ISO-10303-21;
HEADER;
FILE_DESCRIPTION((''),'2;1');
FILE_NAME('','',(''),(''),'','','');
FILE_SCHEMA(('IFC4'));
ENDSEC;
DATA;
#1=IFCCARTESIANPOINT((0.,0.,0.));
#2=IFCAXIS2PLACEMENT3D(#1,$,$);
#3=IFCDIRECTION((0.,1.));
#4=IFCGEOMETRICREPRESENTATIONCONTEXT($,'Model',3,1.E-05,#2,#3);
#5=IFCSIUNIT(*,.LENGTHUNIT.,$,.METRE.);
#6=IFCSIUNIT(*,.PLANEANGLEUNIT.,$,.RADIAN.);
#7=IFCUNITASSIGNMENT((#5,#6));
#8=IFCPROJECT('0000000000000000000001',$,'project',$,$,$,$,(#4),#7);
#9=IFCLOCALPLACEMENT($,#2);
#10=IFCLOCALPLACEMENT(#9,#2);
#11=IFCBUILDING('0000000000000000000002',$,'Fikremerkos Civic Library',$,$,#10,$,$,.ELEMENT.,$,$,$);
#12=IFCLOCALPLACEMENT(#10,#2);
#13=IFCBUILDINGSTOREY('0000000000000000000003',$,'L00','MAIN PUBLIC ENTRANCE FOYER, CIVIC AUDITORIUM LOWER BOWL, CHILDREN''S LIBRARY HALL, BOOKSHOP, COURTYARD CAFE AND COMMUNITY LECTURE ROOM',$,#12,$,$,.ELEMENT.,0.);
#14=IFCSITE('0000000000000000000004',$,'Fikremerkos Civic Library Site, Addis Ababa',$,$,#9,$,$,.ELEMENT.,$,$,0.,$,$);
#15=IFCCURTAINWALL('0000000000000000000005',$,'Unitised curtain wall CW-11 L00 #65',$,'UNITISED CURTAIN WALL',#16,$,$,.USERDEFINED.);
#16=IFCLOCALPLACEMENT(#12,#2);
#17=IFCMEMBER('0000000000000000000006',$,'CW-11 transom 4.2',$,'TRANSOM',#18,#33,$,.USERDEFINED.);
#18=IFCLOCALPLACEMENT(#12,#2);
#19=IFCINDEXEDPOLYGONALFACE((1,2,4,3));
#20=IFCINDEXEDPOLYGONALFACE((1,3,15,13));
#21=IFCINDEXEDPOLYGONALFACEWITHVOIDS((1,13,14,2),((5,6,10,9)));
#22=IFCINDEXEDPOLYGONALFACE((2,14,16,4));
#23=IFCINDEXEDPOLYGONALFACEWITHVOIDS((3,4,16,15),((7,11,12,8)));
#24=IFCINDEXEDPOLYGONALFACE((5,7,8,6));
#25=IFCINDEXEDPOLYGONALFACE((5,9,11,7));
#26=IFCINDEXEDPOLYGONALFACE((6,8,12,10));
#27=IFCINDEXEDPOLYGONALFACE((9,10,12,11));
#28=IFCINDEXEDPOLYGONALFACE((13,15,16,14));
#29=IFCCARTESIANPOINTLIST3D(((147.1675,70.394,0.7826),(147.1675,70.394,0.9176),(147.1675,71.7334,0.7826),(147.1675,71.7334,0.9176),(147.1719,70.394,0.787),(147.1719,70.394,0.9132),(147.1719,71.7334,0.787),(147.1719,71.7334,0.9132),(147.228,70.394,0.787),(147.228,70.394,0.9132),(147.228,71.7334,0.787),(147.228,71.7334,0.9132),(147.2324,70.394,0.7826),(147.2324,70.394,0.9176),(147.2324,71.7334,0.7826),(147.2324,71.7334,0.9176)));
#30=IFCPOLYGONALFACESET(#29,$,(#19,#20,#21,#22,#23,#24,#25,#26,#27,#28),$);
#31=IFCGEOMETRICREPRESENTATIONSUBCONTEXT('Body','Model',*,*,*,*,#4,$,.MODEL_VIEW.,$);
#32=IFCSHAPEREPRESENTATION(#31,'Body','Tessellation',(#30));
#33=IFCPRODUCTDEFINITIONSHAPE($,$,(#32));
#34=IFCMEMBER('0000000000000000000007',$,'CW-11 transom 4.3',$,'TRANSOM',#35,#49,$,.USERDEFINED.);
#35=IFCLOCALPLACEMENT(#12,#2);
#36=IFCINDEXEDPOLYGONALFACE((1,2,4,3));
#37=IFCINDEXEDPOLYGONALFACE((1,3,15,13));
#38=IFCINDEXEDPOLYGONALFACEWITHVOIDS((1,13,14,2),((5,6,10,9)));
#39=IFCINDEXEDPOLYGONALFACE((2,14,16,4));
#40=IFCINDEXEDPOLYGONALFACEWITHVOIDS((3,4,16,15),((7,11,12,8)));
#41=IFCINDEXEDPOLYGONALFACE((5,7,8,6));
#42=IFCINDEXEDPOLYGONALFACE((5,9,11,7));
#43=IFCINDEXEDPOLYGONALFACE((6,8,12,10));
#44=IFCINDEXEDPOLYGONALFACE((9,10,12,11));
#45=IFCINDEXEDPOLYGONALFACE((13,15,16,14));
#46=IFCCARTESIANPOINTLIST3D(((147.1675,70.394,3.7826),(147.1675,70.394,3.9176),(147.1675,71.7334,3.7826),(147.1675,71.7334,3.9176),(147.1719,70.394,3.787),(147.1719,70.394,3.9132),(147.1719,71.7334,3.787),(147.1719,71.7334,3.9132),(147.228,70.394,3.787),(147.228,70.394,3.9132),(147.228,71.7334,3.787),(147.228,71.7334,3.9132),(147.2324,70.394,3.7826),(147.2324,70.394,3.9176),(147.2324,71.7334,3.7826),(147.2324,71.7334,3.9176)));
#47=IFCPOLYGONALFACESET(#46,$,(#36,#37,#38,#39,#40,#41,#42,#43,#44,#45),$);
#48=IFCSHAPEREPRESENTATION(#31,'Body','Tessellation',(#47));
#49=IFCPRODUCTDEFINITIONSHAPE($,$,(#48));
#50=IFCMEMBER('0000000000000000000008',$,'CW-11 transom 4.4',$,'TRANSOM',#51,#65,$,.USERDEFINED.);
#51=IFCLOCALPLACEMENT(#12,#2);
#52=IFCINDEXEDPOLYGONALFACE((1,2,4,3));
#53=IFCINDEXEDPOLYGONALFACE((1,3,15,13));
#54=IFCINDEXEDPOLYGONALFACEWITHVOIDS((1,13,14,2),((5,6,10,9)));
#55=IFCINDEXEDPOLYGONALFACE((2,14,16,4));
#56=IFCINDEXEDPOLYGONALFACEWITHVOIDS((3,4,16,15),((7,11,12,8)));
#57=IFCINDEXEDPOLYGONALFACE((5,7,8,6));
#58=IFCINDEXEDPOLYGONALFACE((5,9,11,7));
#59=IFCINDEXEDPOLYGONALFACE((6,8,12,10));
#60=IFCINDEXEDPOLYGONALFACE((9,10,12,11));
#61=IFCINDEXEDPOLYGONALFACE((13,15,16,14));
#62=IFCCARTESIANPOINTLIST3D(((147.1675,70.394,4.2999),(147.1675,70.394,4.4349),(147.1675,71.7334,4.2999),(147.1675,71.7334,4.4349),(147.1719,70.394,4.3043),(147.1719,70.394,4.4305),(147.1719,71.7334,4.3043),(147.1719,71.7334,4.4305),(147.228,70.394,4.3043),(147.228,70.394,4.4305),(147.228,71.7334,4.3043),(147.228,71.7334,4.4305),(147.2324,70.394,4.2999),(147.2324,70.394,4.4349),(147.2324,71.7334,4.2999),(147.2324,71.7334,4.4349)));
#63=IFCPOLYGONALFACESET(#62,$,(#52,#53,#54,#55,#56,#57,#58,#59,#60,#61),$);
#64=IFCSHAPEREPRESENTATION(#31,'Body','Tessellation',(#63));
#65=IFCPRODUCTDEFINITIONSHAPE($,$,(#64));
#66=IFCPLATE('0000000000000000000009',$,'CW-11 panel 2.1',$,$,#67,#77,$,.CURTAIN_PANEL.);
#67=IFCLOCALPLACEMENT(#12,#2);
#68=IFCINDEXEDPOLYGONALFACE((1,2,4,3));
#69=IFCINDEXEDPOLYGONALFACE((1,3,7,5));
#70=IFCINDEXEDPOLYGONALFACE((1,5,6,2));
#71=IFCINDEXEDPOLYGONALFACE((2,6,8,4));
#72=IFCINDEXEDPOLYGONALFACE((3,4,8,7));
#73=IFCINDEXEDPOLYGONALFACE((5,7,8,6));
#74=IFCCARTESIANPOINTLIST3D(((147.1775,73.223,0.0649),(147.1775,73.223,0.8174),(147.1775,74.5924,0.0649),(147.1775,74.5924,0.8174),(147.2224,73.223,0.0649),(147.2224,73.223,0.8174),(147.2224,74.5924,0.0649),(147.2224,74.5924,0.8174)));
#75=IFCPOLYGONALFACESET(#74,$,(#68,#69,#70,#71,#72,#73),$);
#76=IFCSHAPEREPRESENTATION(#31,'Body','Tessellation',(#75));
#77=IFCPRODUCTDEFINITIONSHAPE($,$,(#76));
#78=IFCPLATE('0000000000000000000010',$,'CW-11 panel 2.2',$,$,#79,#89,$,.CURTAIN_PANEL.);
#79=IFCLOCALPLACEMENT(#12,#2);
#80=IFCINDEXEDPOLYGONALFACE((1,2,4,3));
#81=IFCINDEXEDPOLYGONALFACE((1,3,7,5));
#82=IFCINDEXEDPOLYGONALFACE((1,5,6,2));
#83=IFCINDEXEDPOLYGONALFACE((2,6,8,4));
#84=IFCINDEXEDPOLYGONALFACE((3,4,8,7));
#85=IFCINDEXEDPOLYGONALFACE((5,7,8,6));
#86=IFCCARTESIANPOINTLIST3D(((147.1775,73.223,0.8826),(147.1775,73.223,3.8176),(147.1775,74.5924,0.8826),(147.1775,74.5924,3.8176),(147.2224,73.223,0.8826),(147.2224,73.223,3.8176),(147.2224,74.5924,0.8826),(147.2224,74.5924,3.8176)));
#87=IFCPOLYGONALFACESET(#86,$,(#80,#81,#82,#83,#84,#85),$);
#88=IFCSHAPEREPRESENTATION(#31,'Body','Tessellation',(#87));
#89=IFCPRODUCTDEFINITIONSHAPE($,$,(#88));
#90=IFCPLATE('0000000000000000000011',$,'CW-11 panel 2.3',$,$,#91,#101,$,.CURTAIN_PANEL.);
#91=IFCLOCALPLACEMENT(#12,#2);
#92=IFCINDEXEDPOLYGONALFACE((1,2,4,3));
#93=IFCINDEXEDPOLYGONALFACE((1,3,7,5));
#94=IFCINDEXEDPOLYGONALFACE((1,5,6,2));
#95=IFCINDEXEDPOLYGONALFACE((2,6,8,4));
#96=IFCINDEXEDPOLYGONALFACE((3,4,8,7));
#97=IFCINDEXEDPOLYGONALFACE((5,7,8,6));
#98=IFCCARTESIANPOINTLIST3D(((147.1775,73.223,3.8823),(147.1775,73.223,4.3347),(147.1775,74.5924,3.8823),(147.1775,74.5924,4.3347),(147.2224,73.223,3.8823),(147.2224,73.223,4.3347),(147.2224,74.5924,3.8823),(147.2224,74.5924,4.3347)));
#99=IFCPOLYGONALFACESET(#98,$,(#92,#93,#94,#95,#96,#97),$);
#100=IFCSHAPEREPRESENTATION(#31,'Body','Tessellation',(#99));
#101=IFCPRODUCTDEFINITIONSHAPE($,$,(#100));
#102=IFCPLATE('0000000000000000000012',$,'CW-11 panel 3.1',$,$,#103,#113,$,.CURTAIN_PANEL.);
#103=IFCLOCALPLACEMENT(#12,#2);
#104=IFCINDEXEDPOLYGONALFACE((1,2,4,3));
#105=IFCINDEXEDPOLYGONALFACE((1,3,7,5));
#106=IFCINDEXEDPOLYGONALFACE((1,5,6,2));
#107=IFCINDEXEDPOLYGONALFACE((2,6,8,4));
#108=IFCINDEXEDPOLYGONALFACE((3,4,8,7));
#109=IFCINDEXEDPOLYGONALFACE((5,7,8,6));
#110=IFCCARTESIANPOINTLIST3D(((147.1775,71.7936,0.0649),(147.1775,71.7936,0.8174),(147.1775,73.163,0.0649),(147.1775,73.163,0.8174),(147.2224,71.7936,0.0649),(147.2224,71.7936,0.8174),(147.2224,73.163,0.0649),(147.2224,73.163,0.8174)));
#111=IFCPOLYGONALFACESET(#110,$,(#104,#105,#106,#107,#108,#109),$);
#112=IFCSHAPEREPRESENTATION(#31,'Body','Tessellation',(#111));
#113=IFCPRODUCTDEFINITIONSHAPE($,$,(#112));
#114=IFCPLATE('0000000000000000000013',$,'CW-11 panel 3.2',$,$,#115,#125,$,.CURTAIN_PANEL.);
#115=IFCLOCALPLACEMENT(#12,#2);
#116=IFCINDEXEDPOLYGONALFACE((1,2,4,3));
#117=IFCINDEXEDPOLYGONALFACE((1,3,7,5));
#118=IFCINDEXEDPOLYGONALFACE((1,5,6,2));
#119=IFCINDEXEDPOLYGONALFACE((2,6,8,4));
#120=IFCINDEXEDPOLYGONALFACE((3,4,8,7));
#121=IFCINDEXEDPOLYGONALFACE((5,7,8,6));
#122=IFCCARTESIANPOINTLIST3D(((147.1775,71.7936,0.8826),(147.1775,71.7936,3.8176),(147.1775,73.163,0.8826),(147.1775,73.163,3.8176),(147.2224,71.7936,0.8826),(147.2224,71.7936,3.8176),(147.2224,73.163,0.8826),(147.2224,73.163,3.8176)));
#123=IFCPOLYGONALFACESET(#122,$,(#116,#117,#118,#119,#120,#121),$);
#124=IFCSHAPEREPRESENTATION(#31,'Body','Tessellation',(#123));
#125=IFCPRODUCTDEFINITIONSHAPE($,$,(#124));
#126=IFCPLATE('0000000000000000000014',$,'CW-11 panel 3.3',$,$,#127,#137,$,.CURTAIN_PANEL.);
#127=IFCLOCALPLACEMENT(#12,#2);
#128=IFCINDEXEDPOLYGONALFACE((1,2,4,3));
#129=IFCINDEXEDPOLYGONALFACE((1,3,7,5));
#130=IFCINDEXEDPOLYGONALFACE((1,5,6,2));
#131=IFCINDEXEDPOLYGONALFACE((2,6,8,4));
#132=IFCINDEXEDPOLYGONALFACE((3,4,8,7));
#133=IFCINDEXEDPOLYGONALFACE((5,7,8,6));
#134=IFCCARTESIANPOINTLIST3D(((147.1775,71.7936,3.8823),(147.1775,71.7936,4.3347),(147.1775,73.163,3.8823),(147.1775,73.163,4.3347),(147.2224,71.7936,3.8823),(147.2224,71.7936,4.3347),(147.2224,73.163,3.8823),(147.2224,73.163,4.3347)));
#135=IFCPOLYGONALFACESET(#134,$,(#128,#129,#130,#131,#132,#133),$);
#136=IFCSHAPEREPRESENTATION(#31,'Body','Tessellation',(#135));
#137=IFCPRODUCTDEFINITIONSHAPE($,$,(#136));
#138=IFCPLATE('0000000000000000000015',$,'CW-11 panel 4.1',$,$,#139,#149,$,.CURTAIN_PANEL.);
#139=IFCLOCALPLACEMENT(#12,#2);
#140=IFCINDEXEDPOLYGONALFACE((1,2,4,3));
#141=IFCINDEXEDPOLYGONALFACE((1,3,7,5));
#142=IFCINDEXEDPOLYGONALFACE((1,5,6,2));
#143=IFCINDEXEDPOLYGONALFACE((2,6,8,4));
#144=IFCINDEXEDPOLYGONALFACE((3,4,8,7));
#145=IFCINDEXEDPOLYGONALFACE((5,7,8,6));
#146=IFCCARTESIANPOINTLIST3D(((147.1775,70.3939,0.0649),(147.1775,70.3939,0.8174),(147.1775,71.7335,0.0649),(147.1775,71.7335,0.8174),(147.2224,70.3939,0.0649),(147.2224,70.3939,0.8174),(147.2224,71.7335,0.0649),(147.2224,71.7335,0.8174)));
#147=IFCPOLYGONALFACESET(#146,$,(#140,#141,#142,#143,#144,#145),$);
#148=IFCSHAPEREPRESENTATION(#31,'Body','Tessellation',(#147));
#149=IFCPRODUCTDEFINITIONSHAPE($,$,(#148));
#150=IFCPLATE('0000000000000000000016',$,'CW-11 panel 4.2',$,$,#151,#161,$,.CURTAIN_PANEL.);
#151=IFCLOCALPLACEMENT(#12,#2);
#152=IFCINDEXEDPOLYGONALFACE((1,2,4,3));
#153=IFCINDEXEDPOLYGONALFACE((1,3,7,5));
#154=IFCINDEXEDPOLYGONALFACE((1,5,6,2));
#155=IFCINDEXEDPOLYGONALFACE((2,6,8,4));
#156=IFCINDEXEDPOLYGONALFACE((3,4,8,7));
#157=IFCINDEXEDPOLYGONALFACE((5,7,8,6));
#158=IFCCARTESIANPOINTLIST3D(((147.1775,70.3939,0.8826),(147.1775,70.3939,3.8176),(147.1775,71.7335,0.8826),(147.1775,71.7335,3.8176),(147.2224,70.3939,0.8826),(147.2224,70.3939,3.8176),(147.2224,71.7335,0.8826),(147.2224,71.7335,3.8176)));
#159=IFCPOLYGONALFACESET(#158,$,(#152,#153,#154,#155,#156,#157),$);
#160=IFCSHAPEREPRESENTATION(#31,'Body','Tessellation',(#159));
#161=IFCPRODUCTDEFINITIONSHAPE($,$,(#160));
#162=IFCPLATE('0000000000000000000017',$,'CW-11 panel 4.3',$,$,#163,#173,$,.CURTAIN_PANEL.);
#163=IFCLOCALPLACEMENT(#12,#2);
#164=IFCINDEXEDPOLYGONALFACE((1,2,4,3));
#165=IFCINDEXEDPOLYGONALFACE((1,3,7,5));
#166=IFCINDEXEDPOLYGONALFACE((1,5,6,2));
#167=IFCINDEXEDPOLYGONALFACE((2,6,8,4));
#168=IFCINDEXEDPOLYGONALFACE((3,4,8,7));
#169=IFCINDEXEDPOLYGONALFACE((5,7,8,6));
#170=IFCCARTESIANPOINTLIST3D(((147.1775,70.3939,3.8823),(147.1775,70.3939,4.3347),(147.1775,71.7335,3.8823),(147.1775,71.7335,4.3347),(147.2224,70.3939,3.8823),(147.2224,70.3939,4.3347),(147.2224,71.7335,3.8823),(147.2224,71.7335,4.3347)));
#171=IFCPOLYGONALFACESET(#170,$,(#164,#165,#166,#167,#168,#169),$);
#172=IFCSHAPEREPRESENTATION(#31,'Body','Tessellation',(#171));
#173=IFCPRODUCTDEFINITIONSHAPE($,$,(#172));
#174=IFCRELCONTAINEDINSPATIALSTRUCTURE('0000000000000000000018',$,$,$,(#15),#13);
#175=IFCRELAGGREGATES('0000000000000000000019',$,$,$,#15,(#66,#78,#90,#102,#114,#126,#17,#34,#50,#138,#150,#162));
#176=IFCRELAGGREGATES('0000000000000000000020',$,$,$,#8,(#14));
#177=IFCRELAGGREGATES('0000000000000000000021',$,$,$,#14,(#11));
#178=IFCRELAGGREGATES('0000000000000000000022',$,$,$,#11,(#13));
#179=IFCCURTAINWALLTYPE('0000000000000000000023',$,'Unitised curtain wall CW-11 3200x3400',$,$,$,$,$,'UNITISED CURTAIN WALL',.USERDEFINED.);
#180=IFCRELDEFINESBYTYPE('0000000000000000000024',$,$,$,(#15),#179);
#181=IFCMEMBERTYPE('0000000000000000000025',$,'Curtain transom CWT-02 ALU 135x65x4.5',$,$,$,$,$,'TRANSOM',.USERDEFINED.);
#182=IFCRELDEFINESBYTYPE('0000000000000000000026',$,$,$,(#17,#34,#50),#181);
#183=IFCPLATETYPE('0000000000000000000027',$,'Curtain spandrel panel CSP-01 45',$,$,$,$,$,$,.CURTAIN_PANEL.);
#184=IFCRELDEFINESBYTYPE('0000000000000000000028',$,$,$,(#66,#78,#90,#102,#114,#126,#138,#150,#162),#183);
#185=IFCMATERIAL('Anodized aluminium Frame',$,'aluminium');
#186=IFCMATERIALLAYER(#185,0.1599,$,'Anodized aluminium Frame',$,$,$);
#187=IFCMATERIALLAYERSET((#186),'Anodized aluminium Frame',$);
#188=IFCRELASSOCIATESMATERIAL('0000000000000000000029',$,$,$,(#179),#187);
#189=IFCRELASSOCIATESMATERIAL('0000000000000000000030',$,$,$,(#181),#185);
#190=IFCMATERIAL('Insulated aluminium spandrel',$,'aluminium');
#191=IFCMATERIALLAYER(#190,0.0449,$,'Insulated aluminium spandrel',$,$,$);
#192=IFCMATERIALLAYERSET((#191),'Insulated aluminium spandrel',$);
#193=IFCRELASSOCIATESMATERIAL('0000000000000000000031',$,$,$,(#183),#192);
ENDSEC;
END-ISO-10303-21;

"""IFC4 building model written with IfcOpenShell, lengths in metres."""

from ifc_helpers import new_model, si_unit, direction, frame, origin, origin_2d, place, context, subcontext, project, spatial, rectangle, hollow_rectangle, extrude, material, layer, layer_set, material_profile, profile_set, type_object, element, aggregate, save


model = new_model("IFC4")

# Units and contexts
model_context = context("Model", 3, precision=1e-05, world=origin(), true_north=direction((0.0, 1.0)))
body_context = subcontext(model_context, "Body", "Model", "MODEL_VIEW")
ifc_project = project(units=[si_unit("LENGTHUNIT", "METRE"), si_unit("PLANEANGLEUNIT", "RADIAN")], contexts=[model_context])

# Site, building, storey
site_placement = place(None, origin())
site = spatial("IfcSite", under=ifc_project, at=site_placement, Name="Fikremerkos Civic Library Site, Addis Ababa", CompositionType="ELEMENT", RefElevation=0.0)
building_placement = place(site_placement, origin())
building = spatial("IfcBuilding", under=site, at=building_placement, Name="Fikremerkos Civic Library", CompositionType="ELEMENT")
storey_placement = place(building_placement, origin())
storey = spatial("IfcBuildingStorey", under=building, at=storey_placement, Name="L00", Description="MAIN PUBLIC ENTRANCE FOYER, CIVIC AUDITORIUM LOWER BOWL, CHILDREN'S LIBRARY HALL, BOOKSHOP, COURTYARD CAFE AND COMMUNITY LECTURE ROOM", CompositionType="ELEMENT", Elevation=0.0)

# Curtain wall, members, plates
ifc_material_1 = material(Name="Anodized aluminium Frame", Category="aluminium")
ifc_layer_1 = layer(ifc_material_1, 0.1599, Name="Anodized aluminium Frame")
ifc_layer_set_1 = layer_set([ifc_layer_1], Name="Anodized aluminium Frame")
curtain_wall_type = type_object("IfcCurtainWallType", Name="Unitised curtain wall CW-11 3200x3400", ElementType="UNITISED CURTAIN WALL", PredefinedType="USERDEFINED", material=ifc_layer_set_1)
curtain_wall_placement = place(storey_placement, origin())
curtain_wall = element("IfcCurtainWall", 1, at=curtain_wall_placement, inside=storey, type_object=curtain_wall_type, Name="Unitised curtain wall CW-11 L00 #65", ObjectType="UNITISED CURTAIN WALL", PredefinedType="USERDEFINED")
ifc_material_profile_1 = material_profile(ifc_material_1, hollow_rectangle(XDim=0.0649, YDim=0.135, WallThickness=0.0044, at=origin_2d()), Name="ALU 135x65x4.5")
ifc_profile_set_1 = profile_set([ifc_material_profile_1], Name="Anodized aluminium Frame")
member_type_1 = type_object("IfcMemberType", Name="Curtain transom CWT-02 ALU 135x65x4.5", ElementType="TRANSOM", PredefinedType="USERDEFINED", material=ifc_profile_set_1)
member_1_placement = place(storey_placement, frame((147.2, 71.7334, 0.8501), z_axis=(0.0, -1.0, 0.0), x_axis=(1.0, 0.0, 0.0)))
member_1 = element("IfcMember", 2, at=member_1_placement, type_object=member_type_1, Name="CW-11 transom 4.2", ObjectType="TRANSOM", PredefinedType="USERDEFINED", context=body_context, shape_type="SweptSolid", body=[
    extrude(hollow_rectangle(XDim=0.0649, YDim=0.135, WallThickness=0.0044, at=origin_2d()), origin(), (0.0, 0.0, 1.0), 1.3394),
])
member_2_placement = place(storey_placement, frame((147.2, 71.7334, 3.8501), z_axis=(0.0, -1.0, 0.0), x_axis=(1.0, 0.0, 0.0)))
member_2 = element("IfcMember", 3, at=member_2_placement, type_object=member_type_1, Name="CW-11 transom 4.3", ObjectType="TRANSOM", PredefinedType="USERDEFINED", context=body_context, shape_type="SweptSolid", body=[
    extrude(hollow_rectangle(XDim=0.0649, YDim=0.135, WallThickness=0.0044, at=origin_2d()), origin(), (0.0, 0.0, 1.0), 1.3394),
])
member_3_placement = place(storey_placement, frame((147.2, 71.7334, 4.3674), z_axis=(0.0, -1.0, 0.0), x_axis=(1.0, 0.0, 0.0)))
member_3 = element("IfcMember", 4, at=member_3_placement, type_object=member_type_1, Name="CW-11 transom 4.4", ObjectType="TRANSOM", PredefinedType="USERDEFINED", context=body_context, shape_type="SweptSolid", body=[
    extrude(hollow_rectangle(XDim=0.0649, YDim=0.135, WallThickness=0.0044, at=origin_2d()), origin(), (0.0, 0.0, 1.0), 1.3394),
])
ifc_material_2 = material(Name="Insulated aluminium spandrel", Category="aluminium")
ifc_layer_2 = layer(ifc_material_2, 0.0449, Name="Insulated aluminium spandrel")
ifc_layer_set_2 = layer_set([ifc_layer_2], Name="Insulated aluminium spandrel")
plate_type = type_object("IfcPlateType", Name="Curtain spandrel panel CSP-01 45", PredefinedType="CURTAIN_PANEL", material=ifc_layer_set_2)
plate_1_placement = place(storey_placement, frame((147.2, 73.9077, 0.0649), z_axis=(0.0, 0.0, 1.0), x_axis=(0.0, -1.0, 0.0)))
plate_1 = element("IfcPlate", 5, at=plate_1_placement, type_object=plate_type, Name="CW-11 panel 2.1", PredefinedType="CURTAIN_PANEL", context=body_context, shape_type="SweptSolid", body=[
    extrude(rectangle(XDim=1.3694, YDim=0.0449, at=origin_2d()), origin(), (0.0, 0.0, 1.0), 0.7524),
])
plate_2_placement = place(storey_placement, frame((147.2, 73.9077, 0.8826), z_axis=(0.0, 0.0, 1.0), x_axis=(0.0, -1.0, 0.0)))
plate_2 = element("IfcPlate", 6, at=plate_2_placement, type_object=plate_type, Name="CW-11 panel 2.2", PredefinedType="CURTAIN_PANEL", context=body_context, shape_type="SweptSolid", body=[
    extrude(rectangle(XDim=1.3694, YDim=0.0449, at=origin_2d()), origin(), (0.0, 0.0, 1.0), 2.9351),
])
plate_3_placement = place(storey_placement, frame((147.2, 73.9077, 3.8823), z_axis=(0.0, 0.0, 1.0), x_axis=(0.0, -1.0, 0.0)))
plate_3 = element("IfcPlate", 7, at=plate_3_placement, type_object=plate_type, Name="CW-11 panel 2.3", PredefinedType="CURTAIN_PANEL", context=body_context, shape_type="SweptSolid", body=[
    extrude(rectangle(XDim=1.3694, YDim=0.0449, at=origin_2d()), origin(), (0.0, 0.0, 1.0), 0.4524),
])
plate_4_placement = place(storey_placement, frame((147.2, 72.4783, 0.0649), z_axis=(0.0, 0.0, 1.0), x_axis=(0.0, -1.0, 0.0)))
plate_4 = element("IfcPlate", 8, at=plate_4_placement, type_object=plate_type, Name="CW-11 panel 3.1", PredefinedType="CURTAIN_PANEL", context=body_context, shape_type="SweptSolid", body=[
    extrude(rectangle(XDim=1.3694, YDim=0.0449, at=origin_2d()), origin(), (0.0, 0.0, 1.0), 0.7524),
])
plate_5_placement = place(storey_placement, frame((147.2, 72.4783, 0.8826), z_axis=(0.0, 0.0, 1.0), x_axis=(0.0, -1.0, 0.0)))
plate_5 = element("IfcPlate", 9, at=plate_5_placement, type_object=plate_type, Name="CW-11 panel 3.2", PredefinedType="CURTAIN_PANEL", context=body_context, shape_type="SweptSolid", body=[
    extrude(rectangle(XDim=1.3694, YDim=0.0449, at=origin_2d()), origin(), (0.0, 0.0, 1.0), 2.9351),
])
plate_6_placement = place(storey_placement, frame((147.2, 72.4783, 3.8823), z_axis=(0.0, 0.0, 1.0), x_axis=(0.0, -1.0, 0.0)))
plate_6 = element("IfcPlate", 10, at=plate_6_placement, type_object=plate_type, Name="CW-11 panel 3.3", PredefinedType="CURTAIN_PANEL", context=body_context, shape_type="SweptSolid", body=[
    extrude(rectangle(XDim=1.3694, YDim=0.0449, at=origin_2d()), origin(), (0.0, 0.0, 1.0), 0.4524),
])
plate_7_placement = place(storey_placement, frame((147.2, 71.0637, 0.0649), z_axis=(0.0, 0.0, 1.0), x_axis=(0.0, -1.0, 0.0)))
plate_7 = element("IfcPlate", 11, at=plate_7_placement, type_object=plate_type, Name="CW-11 panel 4.1", PredefinedType="CURTAIN_PANEL", context=body_context, shape_type="SweptSolid", body=[
    extrude(rectangle(XDim=1.3396, YDim=0.0449, at=origin_2d()), origin(), (0.0, 0.0, 1.0), 0.7524),
])
plate_8_placement = place(storey_placement, frame((147.2, 71.0637, 0.8826), z_axis=(0.0, 0.0, 1.0), x_axis=(0.0, -1.0, 0.0)))
plate_8 = element("IfcPlate", 12, at=plate_8_placement, type_object=plate_type, Name="CW-11 panel 4.2", PredefinedType="CURTAIN_PANEL", context=body_context, shape_type="SweptSolid", body=[
    extrude(rectangle(XDim=1.3396, YDim=0.0449, at=origin_2d()), origin(), (0.0, 0.0, 1.0), 2.9351),
])
plate_9_placement = place(storey_placement, frame((147.2, 71.0637, 3.8823), z_axis=(0.0, 0.0, 1.0), x_axis=(0.0, -1.0, 0.0)))
plate_9 = element("IfcPlate", 13, at=plate_9_placement, type_object=plate_type, Name="CW-11 panel 4.3", PredefinedType="CURTAIN_PANEL", context=body_context, shape_type="SweptSolid", body=[
    extrude(rectangle(XDim=1.3396, YDim=0.0449, at=origin_2d()), origin(), (0.0, 0.0, 1.0), 0.4524),
])
aggregate(curtain_wall, [plate_1, plate_2, plate_3, plate_4, plate_5, plate_6, member_1, member_2, member_3, plate_7, plate_8, plate_9])

save(model, "model.ifc")
